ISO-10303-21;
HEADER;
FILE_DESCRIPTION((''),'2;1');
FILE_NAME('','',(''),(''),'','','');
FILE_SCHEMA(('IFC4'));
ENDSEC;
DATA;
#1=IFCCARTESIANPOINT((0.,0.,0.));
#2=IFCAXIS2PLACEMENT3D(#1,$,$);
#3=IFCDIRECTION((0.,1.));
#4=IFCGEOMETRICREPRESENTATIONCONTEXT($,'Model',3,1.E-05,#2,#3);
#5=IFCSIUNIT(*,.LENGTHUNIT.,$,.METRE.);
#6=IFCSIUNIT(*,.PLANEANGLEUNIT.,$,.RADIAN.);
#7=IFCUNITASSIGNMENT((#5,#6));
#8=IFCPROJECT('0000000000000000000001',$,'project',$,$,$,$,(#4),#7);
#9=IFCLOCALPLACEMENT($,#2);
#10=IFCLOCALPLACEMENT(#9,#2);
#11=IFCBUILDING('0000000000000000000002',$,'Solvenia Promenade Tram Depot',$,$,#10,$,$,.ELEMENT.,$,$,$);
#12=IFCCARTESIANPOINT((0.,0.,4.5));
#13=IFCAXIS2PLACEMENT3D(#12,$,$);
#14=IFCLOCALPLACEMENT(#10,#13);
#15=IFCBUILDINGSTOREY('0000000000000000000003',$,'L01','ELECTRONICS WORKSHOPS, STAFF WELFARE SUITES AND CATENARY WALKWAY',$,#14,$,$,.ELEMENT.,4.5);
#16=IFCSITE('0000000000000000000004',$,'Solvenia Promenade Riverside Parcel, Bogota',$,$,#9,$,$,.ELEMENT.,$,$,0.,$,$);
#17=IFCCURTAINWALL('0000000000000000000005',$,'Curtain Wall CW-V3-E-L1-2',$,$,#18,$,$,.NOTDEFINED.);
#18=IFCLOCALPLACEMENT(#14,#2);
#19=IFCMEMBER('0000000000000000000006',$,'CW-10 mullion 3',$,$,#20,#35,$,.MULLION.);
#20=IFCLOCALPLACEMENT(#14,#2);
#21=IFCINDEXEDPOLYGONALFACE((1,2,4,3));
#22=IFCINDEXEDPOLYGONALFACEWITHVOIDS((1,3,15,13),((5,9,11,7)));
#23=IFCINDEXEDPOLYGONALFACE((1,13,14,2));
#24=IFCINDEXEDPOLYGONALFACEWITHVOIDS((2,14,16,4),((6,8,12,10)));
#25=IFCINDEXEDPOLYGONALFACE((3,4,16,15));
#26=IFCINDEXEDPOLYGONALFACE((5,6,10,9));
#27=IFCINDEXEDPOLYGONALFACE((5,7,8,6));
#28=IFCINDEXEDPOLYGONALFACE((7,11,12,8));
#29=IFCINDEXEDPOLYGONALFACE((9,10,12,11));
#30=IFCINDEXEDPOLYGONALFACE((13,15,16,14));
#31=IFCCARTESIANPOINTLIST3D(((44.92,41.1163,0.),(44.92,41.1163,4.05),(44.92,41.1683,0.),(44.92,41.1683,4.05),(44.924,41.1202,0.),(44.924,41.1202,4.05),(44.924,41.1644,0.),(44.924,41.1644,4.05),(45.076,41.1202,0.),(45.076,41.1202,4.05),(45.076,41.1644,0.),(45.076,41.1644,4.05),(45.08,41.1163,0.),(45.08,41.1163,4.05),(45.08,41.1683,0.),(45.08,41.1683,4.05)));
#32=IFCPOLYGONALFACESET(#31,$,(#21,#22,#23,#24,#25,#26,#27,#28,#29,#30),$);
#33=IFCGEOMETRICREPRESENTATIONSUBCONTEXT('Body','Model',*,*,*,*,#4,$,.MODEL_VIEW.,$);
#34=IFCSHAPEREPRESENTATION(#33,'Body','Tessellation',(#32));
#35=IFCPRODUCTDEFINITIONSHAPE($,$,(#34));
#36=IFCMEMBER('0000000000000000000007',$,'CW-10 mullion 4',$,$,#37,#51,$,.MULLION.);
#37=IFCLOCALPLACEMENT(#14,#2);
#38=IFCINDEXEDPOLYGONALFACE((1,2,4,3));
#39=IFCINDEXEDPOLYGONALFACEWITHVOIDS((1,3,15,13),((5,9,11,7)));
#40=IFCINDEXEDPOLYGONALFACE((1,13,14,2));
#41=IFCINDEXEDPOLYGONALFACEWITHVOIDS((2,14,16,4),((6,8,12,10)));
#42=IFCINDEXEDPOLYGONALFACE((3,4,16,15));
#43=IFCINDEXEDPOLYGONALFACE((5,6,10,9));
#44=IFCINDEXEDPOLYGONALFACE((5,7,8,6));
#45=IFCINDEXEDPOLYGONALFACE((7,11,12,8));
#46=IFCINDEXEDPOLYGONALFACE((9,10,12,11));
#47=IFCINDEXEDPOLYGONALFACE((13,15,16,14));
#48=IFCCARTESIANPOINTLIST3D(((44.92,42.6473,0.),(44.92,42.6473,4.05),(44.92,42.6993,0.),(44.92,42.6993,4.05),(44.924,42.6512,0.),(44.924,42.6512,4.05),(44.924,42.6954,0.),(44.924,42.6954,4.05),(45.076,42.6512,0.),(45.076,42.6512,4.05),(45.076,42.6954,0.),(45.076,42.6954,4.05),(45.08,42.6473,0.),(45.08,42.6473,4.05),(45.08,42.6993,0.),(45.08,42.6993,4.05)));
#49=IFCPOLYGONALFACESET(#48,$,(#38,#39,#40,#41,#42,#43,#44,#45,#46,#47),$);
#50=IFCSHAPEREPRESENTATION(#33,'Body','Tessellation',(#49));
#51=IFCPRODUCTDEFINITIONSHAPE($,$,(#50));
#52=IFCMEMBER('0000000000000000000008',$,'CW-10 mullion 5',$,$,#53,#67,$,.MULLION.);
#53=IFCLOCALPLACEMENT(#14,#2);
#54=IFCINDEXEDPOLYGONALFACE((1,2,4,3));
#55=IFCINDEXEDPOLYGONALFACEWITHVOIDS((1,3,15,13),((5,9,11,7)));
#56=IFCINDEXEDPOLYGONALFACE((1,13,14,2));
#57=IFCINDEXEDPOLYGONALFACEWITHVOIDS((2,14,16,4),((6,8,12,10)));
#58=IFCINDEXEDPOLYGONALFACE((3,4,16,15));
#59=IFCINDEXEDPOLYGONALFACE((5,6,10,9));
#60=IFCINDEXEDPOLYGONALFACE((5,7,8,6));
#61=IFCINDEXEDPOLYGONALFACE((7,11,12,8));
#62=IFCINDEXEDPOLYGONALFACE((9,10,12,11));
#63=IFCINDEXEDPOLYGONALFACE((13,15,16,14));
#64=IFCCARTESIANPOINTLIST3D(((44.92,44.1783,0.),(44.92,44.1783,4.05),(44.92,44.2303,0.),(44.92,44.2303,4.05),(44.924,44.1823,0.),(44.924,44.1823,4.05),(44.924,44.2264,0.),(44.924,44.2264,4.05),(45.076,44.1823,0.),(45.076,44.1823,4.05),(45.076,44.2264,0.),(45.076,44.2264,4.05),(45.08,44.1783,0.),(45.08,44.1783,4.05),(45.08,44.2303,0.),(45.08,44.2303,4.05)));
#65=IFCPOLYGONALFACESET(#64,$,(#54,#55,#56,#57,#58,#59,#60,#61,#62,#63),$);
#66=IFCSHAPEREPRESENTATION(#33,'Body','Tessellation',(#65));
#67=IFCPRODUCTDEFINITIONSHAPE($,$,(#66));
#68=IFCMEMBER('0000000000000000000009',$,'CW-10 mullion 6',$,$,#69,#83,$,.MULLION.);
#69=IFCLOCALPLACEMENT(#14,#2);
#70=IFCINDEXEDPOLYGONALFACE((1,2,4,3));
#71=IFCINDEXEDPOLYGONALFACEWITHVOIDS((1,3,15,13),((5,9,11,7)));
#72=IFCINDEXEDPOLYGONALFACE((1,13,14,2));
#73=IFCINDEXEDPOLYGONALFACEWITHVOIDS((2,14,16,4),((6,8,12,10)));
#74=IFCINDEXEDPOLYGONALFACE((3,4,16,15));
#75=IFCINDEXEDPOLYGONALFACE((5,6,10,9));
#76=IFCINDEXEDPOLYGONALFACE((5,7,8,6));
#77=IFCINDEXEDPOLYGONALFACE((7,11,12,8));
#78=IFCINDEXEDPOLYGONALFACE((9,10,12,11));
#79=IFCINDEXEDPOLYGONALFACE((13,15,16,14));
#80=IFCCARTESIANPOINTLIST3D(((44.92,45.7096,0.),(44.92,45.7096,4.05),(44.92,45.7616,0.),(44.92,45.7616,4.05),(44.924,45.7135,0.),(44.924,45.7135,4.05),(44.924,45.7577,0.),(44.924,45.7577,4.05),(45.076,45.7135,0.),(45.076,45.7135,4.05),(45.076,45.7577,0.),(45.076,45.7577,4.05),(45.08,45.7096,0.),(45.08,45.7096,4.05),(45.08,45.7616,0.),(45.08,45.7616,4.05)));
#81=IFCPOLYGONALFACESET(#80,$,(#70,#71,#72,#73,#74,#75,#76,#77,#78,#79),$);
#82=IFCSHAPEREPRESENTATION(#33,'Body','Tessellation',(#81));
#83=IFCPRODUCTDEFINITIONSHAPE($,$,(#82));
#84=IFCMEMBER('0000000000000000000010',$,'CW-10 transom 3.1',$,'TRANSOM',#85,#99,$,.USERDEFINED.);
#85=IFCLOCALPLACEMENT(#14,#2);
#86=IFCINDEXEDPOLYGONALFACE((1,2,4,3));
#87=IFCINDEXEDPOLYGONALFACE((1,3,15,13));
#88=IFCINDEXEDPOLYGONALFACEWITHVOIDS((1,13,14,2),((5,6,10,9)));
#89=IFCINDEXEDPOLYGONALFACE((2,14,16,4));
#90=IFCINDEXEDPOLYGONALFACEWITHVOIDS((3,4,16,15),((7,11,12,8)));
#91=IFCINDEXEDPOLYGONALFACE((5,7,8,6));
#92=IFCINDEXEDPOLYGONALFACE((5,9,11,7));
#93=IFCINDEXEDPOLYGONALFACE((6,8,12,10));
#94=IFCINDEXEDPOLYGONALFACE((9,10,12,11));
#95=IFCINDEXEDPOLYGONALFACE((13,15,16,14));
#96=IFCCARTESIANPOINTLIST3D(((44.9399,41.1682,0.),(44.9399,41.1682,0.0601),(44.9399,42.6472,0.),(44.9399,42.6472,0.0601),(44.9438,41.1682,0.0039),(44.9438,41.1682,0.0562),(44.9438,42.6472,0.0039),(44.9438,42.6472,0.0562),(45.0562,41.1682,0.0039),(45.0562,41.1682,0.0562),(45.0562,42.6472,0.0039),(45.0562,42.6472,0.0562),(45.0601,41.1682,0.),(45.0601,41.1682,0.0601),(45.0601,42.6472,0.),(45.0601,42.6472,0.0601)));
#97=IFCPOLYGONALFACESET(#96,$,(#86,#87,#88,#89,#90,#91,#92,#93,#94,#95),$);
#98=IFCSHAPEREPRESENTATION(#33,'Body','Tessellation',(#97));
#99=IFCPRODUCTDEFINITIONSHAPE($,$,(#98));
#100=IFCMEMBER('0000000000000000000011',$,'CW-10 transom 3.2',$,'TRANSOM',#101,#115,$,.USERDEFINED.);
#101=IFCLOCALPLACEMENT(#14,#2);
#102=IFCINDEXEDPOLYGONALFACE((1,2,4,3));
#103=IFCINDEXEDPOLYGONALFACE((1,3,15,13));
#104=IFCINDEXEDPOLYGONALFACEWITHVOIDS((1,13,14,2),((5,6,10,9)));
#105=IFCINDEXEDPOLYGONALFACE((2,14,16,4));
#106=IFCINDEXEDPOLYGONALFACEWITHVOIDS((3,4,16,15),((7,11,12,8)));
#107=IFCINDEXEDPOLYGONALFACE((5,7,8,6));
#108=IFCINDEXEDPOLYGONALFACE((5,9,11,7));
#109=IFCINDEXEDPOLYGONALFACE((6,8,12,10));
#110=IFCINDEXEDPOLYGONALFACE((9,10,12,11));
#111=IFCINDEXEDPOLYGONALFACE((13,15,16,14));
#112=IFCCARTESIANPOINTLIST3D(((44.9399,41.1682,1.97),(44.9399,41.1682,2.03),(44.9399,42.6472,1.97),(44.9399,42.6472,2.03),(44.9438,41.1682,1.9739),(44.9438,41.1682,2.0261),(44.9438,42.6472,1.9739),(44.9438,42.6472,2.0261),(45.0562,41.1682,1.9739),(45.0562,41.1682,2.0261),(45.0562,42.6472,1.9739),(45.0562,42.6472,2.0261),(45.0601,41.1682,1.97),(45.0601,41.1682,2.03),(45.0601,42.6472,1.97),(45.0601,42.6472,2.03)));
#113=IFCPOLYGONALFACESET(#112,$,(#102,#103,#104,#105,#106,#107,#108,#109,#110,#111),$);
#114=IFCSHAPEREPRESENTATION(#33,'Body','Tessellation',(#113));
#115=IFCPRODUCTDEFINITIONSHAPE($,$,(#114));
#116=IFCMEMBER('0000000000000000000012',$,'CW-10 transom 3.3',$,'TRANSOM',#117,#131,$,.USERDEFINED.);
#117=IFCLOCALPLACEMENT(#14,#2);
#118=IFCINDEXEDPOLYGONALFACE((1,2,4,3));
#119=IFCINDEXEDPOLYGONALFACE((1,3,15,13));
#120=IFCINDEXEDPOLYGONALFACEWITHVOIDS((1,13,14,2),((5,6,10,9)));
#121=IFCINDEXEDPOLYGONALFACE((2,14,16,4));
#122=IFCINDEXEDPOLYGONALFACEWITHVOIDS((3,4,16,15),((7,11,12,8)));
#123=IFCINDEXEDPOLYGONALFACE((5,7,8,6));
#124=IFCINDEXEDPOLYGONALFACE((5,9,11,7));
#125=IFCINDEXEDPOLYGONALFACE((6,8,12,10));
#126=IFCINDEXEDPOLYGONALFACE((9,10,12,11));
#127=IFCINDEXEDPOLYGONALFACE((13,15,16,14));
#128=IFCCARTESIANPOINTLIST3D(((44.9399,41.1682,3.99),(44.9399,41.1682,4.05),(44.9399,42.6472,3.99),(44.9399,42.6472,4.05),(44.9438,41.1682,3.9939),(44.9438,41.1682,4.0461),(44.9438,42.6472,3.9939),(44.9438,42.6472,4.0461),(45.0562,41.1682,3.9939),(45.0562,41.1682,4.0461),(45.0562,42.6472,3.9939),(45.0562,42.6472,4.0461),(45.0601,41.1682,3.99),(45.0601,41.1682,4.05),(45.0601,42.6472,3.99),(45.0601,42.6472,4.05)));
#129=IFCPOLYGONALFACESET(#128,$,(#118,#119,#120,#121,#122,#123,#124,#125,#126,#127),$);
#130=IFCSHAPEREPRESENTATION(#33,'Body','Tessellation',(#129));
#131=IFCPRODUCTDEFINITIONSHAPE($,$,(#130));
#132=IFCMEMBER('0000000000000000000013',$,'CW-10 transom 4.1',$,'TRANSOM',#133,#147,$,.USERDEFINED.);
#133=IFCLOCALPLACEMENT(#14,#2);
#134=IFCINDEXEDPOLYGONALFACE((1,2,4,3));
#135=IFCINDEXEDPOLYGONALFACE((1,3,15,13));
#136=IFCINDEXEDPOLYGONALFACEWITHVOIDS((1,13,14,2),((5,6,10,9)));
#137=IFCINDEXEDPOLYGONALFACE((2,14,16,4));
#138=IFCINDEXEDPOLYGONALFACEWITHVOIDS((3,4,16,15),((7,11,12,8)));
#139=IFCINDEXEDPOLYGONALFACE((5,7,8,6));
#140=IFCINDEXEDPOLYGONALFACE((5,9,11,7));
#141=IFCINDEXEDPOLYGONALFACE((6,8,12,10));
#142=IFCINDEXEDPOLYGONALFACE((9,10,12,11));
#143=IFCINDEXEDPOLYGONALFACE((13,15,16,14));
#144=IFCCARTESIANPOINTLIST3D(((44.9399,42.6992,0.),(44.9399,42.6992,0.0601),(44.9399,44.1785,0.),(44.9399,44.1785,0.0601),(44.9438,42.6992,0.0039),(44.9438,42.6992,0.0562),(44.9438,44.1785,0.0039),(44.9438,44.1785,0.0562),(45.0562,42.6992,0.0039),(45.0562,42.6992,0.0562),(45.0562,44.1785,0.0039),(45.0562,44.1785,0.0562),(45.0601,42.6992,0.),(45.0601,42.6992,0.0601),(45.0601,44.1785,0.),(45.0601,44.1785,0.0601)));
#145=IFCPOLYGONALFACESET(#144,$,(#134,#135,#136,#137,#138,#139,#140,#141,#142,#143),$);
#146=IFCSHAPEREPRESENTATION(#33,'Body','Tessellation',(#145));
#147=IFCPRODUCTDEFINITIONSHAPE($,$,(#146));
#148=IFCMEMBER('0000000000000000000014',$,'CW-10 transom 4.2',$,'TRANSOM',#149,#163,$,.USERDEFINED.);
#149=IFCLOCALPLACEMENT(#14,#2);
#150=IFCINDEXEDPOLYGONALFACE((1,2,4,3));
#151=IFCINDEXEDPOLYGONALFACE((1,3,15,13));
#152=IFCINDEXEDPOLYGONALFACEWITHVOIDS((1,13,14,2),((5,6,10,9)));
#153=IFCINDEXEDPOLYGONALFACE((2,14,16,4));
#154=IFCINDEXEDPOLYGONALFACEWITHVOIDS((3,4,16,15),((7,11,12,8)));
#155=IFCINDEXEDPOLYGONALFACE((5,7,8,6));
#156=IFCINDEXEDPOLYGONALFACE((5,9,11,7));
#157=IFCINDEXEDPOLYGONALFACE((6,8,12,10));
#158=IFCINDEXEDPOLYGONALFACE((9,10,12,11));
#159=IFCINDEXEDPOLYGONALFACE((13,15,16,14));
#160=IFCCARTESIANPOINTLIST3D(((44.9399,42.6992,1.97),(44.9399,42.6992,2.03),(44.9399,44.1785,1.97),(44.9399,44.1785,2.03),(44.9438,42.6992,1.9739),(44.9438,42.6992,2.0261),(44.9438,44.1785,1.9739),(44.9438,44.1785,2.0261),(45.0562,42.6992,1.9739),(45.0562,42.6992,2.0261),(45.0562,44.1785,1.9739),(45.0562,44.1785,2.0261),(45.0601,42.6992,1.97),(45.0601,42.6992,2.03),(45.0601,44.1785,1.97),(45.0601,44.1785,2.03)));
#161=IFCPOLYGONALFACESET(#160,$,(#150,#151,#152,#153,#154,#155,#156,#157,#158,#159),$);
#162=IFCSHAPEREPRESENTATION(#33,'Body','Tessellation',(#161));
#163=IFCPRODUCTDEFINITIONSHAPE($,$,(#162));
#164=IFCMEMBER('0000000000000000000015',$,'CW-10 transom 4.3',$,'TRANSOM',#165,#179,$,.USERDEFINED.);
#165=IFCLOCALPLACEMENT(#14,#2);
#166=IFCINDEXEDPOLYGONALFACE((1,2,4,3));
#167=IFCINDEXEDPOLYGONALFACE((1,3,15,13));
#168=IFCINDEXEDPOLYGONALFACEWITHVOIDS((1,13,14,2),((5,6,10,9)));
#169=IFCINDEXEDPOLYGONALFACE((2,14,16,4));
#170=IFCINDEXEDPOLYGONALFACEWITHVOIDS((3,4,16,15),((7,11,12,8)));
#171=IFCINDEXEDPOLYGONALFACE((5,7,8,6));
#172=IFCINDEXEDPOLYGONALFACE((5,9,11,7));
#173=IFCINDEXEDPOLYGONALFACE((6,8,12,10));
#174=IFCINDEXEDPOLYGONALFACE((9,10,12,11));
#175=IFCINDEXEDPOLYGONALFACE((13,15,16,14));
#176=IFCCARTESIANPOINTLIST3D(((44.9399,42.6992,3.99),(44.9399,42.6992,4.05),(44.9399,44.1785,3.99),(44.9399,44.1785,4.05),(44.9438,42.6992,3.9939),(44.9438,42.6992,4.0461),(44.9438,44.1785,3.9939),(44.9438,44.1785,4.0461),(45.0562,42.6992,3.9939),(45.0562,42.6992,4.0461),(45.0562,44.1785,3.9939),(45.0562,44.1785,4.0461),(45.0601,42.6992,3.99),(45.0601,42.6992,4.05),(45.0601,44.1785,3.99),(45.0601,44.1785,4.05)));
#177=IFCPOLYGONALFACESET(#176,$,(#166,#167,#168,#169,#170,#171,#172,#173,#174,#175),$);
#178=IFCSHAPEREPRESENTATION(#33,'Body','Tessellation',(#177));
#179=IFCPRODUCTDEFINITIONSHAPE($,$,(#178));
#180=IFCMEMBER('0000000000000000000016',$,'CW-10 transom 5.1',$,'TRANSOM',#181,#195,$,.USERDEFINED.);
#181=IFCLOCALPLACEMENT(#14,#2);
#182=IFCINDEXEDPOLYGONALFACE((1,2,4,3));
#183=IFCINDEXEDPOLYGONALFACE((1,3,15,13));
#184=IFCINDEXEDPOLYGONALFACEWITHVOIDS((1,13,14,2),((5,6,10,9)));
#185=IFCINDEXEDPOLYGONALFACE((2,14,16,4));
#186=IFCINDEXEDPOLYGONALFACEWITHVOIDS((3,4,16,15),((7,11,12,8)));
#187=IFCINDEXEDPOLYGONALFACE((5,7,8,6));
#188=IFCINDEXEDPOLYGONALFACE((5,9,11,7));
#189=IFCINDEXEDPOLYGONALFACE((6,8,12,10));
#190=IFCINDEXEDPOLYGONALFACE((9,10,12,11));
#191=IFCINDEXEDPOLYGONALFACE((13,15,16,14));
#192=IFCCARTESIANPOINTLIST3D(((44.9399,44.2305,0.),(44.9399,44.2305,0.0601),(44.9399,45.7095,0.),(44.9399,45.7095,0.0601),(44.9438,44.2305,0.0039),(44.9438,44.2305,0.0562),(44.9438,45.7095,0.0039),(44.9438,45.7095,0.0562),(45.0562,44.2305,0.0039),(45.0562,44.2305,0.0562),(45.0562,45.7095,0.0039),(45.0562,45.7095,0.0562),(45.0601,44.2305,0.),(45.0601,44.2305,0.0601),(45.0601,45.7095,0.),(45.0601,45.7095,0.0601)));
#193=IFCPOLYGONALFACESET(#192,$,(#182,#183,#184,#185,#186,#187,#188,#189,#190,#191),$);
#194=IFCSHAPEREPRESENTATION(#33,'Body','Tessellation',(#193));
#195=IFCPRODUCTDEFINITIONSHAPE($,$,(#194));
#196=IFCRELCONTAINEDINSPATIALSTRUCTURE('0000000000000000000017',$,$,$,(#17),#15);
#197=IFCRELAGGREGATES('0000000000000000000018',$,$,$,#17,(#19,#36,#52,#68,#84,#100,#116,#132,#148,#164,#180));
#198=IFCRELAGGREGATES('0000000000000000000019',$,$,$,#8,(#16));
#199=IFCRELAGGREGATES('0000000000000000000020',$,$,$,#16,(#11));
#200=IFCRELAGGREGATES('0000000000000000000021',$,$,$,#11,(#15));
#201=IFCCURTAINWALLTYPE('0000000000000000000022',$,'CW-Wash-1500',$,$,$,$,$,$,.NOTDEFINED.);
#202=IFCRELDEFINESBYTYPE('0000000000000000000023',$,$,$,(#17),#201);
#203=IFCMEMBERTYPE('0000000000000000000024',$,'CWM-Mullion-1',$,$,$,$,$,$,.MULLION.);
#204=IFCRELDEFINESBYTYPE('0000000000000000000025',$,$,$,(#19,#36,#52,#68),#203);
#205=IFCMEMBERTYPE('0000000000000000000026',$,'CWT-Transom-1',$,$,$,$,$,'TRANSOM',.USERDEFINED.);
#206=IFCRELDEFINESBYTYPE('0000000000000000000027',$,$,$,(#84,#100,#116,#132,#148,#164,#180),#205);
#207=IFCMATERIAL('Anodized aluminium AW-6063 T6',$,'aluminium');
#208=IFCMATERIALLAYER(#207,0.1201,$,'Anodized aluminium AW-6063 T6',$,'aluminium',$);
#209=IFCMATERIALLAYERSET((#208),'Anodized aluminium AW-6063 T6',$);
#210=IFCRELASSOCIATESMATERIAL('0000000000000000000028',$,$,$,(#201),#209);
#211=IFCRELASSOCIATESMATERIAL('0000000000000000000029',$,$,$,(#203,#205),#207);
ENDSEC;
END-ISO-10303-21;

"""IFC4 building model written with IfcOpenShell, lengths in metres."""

from ifc_helpers import new_model, si_unit, direction, frame, origin, origin_2d, place, context, subcontext, project, spatial, hollow_rectangle, extrude, material, layer, layer_set, material_profile, profile_set, type_object, element, aggregate, save


model = new_model("IFC4")

# Units and contexts
model_context = context("Model", 3, precision=1e-05, world=origin(), true_north=direction((0.0, 1.0)))
body_context = subcontext(model_context, "Body", "Model", "MODEL_VIEW")
ifc_project = project(units=[si_unit("LENGTHUNIT", "METRE"), si_unit("PLANEANGLEUNIT", "RADIAN")], contexts=[model_context])

# Site, building, storey
site_placement = place(None, origin())
site = spatial("IfcSite", under=ifc_project, at=site_placement, Name="Solvenia Promenade Riverside Parcel, Bogota", CompositionType="ELEMENT", RefElevation=0.0)
building_placement = place(site_placement, origin())
building = spatial("IfcBuilding", under=site, at=building_placement, Name="Solvenia Promenade Tram Depot", CompositionType="ELEMENT")
storey_placement = place(building_placement, frame((0.0, 0.0, 4.5)))
storey = spatial("IfcBuildingStorey", under=building, at=storey_placement, Name="L01", Description="ELECTRONICS WORKSHOPS, STAFF WELFARE SUITES AND CATENARY WALKWAY", CompositionType="ELEMENT", Elevation=4.5)

# Curtain wall, members
ifc_material_1 = material(Name="Anodized aluminium AW-6063 T6", Category="aluminium")
ifc_layer_1 = layer(ifc_material_1, 0.1201, Name="Anodized aluminium AW-6063 T6", Category="aluminium")
ifc_layer_set_1 = layer_set([ifc_layer_1], Name="Anodized aluminium AW-6063 T6")
curtain_wall_type = type_object("IfcCurtainWallType", Name="CW-Wash-1500", PredefinedType="NOTDEFINED", material=ifc_layer_set_1)
curtain_wall_placement = place(storey_placement, origin())
curtain_wall = element("IfcCurtainWall", 1, at=curtain_wall_placement, inside=storey, type_object=curtain_wall_type, Name="Curtain Wall CW-V3-E-L1-2", PredefinedType="NOTDEFINED")
ifc_material_profile_1 = material_profile(ifc_material_1, hollow_rectangle(XDim=0.1599, YDim=0.052, WallThickness=0.0039, at=origin_2d()), Name="ALU-M1", Category="aluminium")
ifc_profile_set_1 = profile_set([ifc_material_profile_1], Name="Anodized aluminium AW-6063 T6")
member_type_1 = type_object("IfcMemberType", Name="CWM-Mullion-1", PredefinedType="MULLION", material=ifc_profile_set_1)
member_1_placement = place(storey_placement, frame((45.0, 41.1423, 0.0), z_axis=(0.0, 0.0, 1.0), x_axis=(-1.0, 0.0, 0.0)))
member_1 = element("IfcMember", 2, at=member_1_placement, type_object=member_type_1, Name="CW-10 mullion 3", PredefinedType="MULLION", context=body_context, shape_type="SweptSolid", body=[
    extrude(hollow_rectangle(XDim=0.1599, YDim=0.052, WallThickness=0.0039, at=origin_2d()), origin(), (0.0, 0.0, 1.0), 4.05),
])
member_2_placement = place(storey_placement, frame((45.0, 42.6733, 0.0), z_axis=(0.0, 0.0, 1.0), x_axis=(-1.0, 0.0, 0.0)))
member_2 = element("IfcMember", 3, at=member_2_placement, type_object=member_type_1, Name="CW-10 mullion 4", PredefinedType="MULLION", context=body_context, shape_type="SweptSolid", body=[
    extrude(hollow_rectangle(XDim=0.1599, YDim=0.052, WallThickness=0.0039, at=origin_2d()), origin(), (0.0, 0.0, 1.0), 4.05),
])
member_3_placement = place(storey_placement, frame((45.0, 44.2043, 0.0), z_axis=(0.0, 0.0, 1.0), x_axis=(-1.0, 0.0, 0.0)))
member_3 = element("IfcMember", 4, at=member_3_placement, type_object=member_type_1, Name="CW-10 mullion 5", PredefinedType="MULLION", context=body_context, shape_type="SweptSolid", body=[
    extrude(hollow_rectangle(XDim=0.1599, YDim=0.052, WallThickness=0.0039, at=origin_2d()), origin(), (0.0, 0.0, 1.0), 4.05),
])
member_4_placement = place(storey_placement, frame((45.0, 45.7356, 0.0), z_axis=(0.0, 0.0, 1.0), x_axis=(-1.0, 0.0, 0.0)))
member_4 = element("IfcMember", 5, at=member_4_placement, type_object=member_type_1, Name="CW-10 mullion 6", PredefinedType="MULLION", context=body_context, shape_type="SweptSolid", body=[
    extrude(hollow_rectangle(XDim=0.1599, YDim=0.052, WallThickness=0.0039, at=origin_2d()), origin(), (0.0, 0.0, 1.0), 4.05),
])
ifc_material_profile_2 = material_profile(ifc_material_1, hollow_rectangle(XDim=0.1201, YDim=0.0601, WallThickness=0.0039, at=origin_2d()), Name="ALU-T1", Category="aluminium")
ifc_profile_set_2 = profile_set([ifc_material_profile_2], Name="Anodized aluminium AW-6063 T6")
member_type_2 = type_object("IfcMemberType", Name="CWT-Transom-1", ElementType="TRANSOM", PredefinedType="USERDEFINED", material=ifc_profile_set_2)
member_5_placement = place(storey_placement, frame((45.0, 41.1682, 0.03), z_axis=(0.0, 1.0, 0.0), x_axis=(-1.0, 0.0, 0.0)))
member_5 = element("IfcMember", 6, at=member_5_placement, type_object=member_type_2, Name="CW-10 transom 3.1", ObjectType="TRANSOM", PredefinedType="USERDEFINED", context=body_context, shape_type="SweptSolid", body=[
    extrude(hollow_rectangle(XDim=0.1201, YDim=0.0601, WallThickness=0.0039, at=origin_2d()), origin(), (0.0, 0.0, 1.0), 1.479),
])
member_6_placement = place(storey_placement, frame((45.0, 41.1682, 2.0), z_axis=(0.0, 1.0, 0.0), x_axis=(-1.0, 0.0, 0.0)))
member_6 = element("IfcMember", 7, at=member_6_placement, type_object=member_type_2, Name="CW-10 transom 3.2", ObjectType="TRANSOM", PredefinedType="USERDEFINED", context=body_context, shape_type="SweptSolid", body=[
    extrude(hollow_rectangle(XDim=0.1201, YDim=0.0601, WallThickness=0.0039, at=origin_2d()), origin(), (0.0, 0.0, 1.0), 1.479),
])
member_7_placement = place(storey_placement, frame((45.0, 41.1682, 4.02), z_axis=(0.0, 1.0, 0.0), x_axis=(-1.0, 0.0, 0.0)))
member_7 = element("IfcMember", 8, at=member_7_placement, type_object=member_type_2, Name="CW-10 transom 3.3", ObjectType="TRANSOM", PredefinedType="USERDEFINED", context=body_context, shape_type="SweptSolid", body=[
    extrude(hollow_rectangle(XDim=0.1201, YDim=0.0601, WallThickness=0.0039, at=origin_2d()), origin(), (0.0, 0.0, 1.0), 1.479),
])
member_8_placement = place(storey_placement, frame((45.0, 42.6992, 0.03), z_axis=(0.0, 1.0, 0.0), x_axis=(-1.0, 0.0, 0.0)))
member_8 = element("IfcMember", 9, at=member_8_placement, type_object=member_type_2, Name="CW-10 transom 4.1", ObjectType="TRANSOM", PredefinedType="USERDEFINED", context=body_context, shape_type="SweptSolid", body=[
    extrude(hollow_rectangle(XDim=0.1201, YDim=0.0601, WallThickness=0.0039, at=origin_2d()), origin(), (0.0, 0.0, 1.0), 1.4792),
])
member_9_placement = place(storey_placement, frame((45.0, 42.6992, 2.0), z_axis=(0.0, 1.0, 0.0), x_axis=(-1.0, 0.0, 0.0)))
member_9 = element("IfcMember", 10, at=member_9_placement, type_object=member_type_2, Name="CW-10 transom 4.2", ObjectType="TRANSOM", PredefinedType="USERDEFINED", context=body_context, shape_type="SweptSolid", body=[
    extrude(hollow_rectangle(XDim=0.1201, YDim=0.0601, WallThickness=0.0039, at=origin_2d()), origin(), (0.0, 0.0, 1.0), 1.4792),
])
member_10_placement = place(storey_placement, frame((45.0, 42.6992, 4.02), z_axis=(0.0, 1.0, 0.0), x_axis=(-1.0, 0.0, 0.0)))
member_10 = element("IfcMember", 11, at=member_10_placement, type_object=member_type_2, Name="CW-10 transom 4.3", ObjectType="TRANSOM", PredefinedType="USERDEFINED", context=body_context, shape_type="SweptSolid", body=[
    extrude(hollow_rectangle(XDim=0.1201, YDim=0.0601, WallThickness=0.0039, at=origin_2d()), origin(), (0.0, 0.0, 1.0), 1.4792),
])
member_11_placement = place(storey_placement, frame((45.0, 44.2305, 0.03), z_axis=(0.0, 1.0, 0.0), x_axis=(-1.0, 0.0, 0.0)))
member_11 = element("IfcMember", 12, at=member_11_placement, type_object=member_type_2, Name="CW-10 transom 5.1", ObjectType="TRANSOM", PredefinedType="USERDEFINED", context=body_context, shape_type="SweptSolid", body=[
    extrude(hollow_rectangle(XDim=0.1201, YDim=0.0601, WallThickness=0.0039, at=origin_2d()), origin(), (0.0, 0.0, 1.0), 1.479),
])

aggregate(curtain_wall, [member_1, member_2, member_3, member_4, member_5, member_6, member_7, member_8, member_9, member_10, member_11])

save(model, "model.ifc")
